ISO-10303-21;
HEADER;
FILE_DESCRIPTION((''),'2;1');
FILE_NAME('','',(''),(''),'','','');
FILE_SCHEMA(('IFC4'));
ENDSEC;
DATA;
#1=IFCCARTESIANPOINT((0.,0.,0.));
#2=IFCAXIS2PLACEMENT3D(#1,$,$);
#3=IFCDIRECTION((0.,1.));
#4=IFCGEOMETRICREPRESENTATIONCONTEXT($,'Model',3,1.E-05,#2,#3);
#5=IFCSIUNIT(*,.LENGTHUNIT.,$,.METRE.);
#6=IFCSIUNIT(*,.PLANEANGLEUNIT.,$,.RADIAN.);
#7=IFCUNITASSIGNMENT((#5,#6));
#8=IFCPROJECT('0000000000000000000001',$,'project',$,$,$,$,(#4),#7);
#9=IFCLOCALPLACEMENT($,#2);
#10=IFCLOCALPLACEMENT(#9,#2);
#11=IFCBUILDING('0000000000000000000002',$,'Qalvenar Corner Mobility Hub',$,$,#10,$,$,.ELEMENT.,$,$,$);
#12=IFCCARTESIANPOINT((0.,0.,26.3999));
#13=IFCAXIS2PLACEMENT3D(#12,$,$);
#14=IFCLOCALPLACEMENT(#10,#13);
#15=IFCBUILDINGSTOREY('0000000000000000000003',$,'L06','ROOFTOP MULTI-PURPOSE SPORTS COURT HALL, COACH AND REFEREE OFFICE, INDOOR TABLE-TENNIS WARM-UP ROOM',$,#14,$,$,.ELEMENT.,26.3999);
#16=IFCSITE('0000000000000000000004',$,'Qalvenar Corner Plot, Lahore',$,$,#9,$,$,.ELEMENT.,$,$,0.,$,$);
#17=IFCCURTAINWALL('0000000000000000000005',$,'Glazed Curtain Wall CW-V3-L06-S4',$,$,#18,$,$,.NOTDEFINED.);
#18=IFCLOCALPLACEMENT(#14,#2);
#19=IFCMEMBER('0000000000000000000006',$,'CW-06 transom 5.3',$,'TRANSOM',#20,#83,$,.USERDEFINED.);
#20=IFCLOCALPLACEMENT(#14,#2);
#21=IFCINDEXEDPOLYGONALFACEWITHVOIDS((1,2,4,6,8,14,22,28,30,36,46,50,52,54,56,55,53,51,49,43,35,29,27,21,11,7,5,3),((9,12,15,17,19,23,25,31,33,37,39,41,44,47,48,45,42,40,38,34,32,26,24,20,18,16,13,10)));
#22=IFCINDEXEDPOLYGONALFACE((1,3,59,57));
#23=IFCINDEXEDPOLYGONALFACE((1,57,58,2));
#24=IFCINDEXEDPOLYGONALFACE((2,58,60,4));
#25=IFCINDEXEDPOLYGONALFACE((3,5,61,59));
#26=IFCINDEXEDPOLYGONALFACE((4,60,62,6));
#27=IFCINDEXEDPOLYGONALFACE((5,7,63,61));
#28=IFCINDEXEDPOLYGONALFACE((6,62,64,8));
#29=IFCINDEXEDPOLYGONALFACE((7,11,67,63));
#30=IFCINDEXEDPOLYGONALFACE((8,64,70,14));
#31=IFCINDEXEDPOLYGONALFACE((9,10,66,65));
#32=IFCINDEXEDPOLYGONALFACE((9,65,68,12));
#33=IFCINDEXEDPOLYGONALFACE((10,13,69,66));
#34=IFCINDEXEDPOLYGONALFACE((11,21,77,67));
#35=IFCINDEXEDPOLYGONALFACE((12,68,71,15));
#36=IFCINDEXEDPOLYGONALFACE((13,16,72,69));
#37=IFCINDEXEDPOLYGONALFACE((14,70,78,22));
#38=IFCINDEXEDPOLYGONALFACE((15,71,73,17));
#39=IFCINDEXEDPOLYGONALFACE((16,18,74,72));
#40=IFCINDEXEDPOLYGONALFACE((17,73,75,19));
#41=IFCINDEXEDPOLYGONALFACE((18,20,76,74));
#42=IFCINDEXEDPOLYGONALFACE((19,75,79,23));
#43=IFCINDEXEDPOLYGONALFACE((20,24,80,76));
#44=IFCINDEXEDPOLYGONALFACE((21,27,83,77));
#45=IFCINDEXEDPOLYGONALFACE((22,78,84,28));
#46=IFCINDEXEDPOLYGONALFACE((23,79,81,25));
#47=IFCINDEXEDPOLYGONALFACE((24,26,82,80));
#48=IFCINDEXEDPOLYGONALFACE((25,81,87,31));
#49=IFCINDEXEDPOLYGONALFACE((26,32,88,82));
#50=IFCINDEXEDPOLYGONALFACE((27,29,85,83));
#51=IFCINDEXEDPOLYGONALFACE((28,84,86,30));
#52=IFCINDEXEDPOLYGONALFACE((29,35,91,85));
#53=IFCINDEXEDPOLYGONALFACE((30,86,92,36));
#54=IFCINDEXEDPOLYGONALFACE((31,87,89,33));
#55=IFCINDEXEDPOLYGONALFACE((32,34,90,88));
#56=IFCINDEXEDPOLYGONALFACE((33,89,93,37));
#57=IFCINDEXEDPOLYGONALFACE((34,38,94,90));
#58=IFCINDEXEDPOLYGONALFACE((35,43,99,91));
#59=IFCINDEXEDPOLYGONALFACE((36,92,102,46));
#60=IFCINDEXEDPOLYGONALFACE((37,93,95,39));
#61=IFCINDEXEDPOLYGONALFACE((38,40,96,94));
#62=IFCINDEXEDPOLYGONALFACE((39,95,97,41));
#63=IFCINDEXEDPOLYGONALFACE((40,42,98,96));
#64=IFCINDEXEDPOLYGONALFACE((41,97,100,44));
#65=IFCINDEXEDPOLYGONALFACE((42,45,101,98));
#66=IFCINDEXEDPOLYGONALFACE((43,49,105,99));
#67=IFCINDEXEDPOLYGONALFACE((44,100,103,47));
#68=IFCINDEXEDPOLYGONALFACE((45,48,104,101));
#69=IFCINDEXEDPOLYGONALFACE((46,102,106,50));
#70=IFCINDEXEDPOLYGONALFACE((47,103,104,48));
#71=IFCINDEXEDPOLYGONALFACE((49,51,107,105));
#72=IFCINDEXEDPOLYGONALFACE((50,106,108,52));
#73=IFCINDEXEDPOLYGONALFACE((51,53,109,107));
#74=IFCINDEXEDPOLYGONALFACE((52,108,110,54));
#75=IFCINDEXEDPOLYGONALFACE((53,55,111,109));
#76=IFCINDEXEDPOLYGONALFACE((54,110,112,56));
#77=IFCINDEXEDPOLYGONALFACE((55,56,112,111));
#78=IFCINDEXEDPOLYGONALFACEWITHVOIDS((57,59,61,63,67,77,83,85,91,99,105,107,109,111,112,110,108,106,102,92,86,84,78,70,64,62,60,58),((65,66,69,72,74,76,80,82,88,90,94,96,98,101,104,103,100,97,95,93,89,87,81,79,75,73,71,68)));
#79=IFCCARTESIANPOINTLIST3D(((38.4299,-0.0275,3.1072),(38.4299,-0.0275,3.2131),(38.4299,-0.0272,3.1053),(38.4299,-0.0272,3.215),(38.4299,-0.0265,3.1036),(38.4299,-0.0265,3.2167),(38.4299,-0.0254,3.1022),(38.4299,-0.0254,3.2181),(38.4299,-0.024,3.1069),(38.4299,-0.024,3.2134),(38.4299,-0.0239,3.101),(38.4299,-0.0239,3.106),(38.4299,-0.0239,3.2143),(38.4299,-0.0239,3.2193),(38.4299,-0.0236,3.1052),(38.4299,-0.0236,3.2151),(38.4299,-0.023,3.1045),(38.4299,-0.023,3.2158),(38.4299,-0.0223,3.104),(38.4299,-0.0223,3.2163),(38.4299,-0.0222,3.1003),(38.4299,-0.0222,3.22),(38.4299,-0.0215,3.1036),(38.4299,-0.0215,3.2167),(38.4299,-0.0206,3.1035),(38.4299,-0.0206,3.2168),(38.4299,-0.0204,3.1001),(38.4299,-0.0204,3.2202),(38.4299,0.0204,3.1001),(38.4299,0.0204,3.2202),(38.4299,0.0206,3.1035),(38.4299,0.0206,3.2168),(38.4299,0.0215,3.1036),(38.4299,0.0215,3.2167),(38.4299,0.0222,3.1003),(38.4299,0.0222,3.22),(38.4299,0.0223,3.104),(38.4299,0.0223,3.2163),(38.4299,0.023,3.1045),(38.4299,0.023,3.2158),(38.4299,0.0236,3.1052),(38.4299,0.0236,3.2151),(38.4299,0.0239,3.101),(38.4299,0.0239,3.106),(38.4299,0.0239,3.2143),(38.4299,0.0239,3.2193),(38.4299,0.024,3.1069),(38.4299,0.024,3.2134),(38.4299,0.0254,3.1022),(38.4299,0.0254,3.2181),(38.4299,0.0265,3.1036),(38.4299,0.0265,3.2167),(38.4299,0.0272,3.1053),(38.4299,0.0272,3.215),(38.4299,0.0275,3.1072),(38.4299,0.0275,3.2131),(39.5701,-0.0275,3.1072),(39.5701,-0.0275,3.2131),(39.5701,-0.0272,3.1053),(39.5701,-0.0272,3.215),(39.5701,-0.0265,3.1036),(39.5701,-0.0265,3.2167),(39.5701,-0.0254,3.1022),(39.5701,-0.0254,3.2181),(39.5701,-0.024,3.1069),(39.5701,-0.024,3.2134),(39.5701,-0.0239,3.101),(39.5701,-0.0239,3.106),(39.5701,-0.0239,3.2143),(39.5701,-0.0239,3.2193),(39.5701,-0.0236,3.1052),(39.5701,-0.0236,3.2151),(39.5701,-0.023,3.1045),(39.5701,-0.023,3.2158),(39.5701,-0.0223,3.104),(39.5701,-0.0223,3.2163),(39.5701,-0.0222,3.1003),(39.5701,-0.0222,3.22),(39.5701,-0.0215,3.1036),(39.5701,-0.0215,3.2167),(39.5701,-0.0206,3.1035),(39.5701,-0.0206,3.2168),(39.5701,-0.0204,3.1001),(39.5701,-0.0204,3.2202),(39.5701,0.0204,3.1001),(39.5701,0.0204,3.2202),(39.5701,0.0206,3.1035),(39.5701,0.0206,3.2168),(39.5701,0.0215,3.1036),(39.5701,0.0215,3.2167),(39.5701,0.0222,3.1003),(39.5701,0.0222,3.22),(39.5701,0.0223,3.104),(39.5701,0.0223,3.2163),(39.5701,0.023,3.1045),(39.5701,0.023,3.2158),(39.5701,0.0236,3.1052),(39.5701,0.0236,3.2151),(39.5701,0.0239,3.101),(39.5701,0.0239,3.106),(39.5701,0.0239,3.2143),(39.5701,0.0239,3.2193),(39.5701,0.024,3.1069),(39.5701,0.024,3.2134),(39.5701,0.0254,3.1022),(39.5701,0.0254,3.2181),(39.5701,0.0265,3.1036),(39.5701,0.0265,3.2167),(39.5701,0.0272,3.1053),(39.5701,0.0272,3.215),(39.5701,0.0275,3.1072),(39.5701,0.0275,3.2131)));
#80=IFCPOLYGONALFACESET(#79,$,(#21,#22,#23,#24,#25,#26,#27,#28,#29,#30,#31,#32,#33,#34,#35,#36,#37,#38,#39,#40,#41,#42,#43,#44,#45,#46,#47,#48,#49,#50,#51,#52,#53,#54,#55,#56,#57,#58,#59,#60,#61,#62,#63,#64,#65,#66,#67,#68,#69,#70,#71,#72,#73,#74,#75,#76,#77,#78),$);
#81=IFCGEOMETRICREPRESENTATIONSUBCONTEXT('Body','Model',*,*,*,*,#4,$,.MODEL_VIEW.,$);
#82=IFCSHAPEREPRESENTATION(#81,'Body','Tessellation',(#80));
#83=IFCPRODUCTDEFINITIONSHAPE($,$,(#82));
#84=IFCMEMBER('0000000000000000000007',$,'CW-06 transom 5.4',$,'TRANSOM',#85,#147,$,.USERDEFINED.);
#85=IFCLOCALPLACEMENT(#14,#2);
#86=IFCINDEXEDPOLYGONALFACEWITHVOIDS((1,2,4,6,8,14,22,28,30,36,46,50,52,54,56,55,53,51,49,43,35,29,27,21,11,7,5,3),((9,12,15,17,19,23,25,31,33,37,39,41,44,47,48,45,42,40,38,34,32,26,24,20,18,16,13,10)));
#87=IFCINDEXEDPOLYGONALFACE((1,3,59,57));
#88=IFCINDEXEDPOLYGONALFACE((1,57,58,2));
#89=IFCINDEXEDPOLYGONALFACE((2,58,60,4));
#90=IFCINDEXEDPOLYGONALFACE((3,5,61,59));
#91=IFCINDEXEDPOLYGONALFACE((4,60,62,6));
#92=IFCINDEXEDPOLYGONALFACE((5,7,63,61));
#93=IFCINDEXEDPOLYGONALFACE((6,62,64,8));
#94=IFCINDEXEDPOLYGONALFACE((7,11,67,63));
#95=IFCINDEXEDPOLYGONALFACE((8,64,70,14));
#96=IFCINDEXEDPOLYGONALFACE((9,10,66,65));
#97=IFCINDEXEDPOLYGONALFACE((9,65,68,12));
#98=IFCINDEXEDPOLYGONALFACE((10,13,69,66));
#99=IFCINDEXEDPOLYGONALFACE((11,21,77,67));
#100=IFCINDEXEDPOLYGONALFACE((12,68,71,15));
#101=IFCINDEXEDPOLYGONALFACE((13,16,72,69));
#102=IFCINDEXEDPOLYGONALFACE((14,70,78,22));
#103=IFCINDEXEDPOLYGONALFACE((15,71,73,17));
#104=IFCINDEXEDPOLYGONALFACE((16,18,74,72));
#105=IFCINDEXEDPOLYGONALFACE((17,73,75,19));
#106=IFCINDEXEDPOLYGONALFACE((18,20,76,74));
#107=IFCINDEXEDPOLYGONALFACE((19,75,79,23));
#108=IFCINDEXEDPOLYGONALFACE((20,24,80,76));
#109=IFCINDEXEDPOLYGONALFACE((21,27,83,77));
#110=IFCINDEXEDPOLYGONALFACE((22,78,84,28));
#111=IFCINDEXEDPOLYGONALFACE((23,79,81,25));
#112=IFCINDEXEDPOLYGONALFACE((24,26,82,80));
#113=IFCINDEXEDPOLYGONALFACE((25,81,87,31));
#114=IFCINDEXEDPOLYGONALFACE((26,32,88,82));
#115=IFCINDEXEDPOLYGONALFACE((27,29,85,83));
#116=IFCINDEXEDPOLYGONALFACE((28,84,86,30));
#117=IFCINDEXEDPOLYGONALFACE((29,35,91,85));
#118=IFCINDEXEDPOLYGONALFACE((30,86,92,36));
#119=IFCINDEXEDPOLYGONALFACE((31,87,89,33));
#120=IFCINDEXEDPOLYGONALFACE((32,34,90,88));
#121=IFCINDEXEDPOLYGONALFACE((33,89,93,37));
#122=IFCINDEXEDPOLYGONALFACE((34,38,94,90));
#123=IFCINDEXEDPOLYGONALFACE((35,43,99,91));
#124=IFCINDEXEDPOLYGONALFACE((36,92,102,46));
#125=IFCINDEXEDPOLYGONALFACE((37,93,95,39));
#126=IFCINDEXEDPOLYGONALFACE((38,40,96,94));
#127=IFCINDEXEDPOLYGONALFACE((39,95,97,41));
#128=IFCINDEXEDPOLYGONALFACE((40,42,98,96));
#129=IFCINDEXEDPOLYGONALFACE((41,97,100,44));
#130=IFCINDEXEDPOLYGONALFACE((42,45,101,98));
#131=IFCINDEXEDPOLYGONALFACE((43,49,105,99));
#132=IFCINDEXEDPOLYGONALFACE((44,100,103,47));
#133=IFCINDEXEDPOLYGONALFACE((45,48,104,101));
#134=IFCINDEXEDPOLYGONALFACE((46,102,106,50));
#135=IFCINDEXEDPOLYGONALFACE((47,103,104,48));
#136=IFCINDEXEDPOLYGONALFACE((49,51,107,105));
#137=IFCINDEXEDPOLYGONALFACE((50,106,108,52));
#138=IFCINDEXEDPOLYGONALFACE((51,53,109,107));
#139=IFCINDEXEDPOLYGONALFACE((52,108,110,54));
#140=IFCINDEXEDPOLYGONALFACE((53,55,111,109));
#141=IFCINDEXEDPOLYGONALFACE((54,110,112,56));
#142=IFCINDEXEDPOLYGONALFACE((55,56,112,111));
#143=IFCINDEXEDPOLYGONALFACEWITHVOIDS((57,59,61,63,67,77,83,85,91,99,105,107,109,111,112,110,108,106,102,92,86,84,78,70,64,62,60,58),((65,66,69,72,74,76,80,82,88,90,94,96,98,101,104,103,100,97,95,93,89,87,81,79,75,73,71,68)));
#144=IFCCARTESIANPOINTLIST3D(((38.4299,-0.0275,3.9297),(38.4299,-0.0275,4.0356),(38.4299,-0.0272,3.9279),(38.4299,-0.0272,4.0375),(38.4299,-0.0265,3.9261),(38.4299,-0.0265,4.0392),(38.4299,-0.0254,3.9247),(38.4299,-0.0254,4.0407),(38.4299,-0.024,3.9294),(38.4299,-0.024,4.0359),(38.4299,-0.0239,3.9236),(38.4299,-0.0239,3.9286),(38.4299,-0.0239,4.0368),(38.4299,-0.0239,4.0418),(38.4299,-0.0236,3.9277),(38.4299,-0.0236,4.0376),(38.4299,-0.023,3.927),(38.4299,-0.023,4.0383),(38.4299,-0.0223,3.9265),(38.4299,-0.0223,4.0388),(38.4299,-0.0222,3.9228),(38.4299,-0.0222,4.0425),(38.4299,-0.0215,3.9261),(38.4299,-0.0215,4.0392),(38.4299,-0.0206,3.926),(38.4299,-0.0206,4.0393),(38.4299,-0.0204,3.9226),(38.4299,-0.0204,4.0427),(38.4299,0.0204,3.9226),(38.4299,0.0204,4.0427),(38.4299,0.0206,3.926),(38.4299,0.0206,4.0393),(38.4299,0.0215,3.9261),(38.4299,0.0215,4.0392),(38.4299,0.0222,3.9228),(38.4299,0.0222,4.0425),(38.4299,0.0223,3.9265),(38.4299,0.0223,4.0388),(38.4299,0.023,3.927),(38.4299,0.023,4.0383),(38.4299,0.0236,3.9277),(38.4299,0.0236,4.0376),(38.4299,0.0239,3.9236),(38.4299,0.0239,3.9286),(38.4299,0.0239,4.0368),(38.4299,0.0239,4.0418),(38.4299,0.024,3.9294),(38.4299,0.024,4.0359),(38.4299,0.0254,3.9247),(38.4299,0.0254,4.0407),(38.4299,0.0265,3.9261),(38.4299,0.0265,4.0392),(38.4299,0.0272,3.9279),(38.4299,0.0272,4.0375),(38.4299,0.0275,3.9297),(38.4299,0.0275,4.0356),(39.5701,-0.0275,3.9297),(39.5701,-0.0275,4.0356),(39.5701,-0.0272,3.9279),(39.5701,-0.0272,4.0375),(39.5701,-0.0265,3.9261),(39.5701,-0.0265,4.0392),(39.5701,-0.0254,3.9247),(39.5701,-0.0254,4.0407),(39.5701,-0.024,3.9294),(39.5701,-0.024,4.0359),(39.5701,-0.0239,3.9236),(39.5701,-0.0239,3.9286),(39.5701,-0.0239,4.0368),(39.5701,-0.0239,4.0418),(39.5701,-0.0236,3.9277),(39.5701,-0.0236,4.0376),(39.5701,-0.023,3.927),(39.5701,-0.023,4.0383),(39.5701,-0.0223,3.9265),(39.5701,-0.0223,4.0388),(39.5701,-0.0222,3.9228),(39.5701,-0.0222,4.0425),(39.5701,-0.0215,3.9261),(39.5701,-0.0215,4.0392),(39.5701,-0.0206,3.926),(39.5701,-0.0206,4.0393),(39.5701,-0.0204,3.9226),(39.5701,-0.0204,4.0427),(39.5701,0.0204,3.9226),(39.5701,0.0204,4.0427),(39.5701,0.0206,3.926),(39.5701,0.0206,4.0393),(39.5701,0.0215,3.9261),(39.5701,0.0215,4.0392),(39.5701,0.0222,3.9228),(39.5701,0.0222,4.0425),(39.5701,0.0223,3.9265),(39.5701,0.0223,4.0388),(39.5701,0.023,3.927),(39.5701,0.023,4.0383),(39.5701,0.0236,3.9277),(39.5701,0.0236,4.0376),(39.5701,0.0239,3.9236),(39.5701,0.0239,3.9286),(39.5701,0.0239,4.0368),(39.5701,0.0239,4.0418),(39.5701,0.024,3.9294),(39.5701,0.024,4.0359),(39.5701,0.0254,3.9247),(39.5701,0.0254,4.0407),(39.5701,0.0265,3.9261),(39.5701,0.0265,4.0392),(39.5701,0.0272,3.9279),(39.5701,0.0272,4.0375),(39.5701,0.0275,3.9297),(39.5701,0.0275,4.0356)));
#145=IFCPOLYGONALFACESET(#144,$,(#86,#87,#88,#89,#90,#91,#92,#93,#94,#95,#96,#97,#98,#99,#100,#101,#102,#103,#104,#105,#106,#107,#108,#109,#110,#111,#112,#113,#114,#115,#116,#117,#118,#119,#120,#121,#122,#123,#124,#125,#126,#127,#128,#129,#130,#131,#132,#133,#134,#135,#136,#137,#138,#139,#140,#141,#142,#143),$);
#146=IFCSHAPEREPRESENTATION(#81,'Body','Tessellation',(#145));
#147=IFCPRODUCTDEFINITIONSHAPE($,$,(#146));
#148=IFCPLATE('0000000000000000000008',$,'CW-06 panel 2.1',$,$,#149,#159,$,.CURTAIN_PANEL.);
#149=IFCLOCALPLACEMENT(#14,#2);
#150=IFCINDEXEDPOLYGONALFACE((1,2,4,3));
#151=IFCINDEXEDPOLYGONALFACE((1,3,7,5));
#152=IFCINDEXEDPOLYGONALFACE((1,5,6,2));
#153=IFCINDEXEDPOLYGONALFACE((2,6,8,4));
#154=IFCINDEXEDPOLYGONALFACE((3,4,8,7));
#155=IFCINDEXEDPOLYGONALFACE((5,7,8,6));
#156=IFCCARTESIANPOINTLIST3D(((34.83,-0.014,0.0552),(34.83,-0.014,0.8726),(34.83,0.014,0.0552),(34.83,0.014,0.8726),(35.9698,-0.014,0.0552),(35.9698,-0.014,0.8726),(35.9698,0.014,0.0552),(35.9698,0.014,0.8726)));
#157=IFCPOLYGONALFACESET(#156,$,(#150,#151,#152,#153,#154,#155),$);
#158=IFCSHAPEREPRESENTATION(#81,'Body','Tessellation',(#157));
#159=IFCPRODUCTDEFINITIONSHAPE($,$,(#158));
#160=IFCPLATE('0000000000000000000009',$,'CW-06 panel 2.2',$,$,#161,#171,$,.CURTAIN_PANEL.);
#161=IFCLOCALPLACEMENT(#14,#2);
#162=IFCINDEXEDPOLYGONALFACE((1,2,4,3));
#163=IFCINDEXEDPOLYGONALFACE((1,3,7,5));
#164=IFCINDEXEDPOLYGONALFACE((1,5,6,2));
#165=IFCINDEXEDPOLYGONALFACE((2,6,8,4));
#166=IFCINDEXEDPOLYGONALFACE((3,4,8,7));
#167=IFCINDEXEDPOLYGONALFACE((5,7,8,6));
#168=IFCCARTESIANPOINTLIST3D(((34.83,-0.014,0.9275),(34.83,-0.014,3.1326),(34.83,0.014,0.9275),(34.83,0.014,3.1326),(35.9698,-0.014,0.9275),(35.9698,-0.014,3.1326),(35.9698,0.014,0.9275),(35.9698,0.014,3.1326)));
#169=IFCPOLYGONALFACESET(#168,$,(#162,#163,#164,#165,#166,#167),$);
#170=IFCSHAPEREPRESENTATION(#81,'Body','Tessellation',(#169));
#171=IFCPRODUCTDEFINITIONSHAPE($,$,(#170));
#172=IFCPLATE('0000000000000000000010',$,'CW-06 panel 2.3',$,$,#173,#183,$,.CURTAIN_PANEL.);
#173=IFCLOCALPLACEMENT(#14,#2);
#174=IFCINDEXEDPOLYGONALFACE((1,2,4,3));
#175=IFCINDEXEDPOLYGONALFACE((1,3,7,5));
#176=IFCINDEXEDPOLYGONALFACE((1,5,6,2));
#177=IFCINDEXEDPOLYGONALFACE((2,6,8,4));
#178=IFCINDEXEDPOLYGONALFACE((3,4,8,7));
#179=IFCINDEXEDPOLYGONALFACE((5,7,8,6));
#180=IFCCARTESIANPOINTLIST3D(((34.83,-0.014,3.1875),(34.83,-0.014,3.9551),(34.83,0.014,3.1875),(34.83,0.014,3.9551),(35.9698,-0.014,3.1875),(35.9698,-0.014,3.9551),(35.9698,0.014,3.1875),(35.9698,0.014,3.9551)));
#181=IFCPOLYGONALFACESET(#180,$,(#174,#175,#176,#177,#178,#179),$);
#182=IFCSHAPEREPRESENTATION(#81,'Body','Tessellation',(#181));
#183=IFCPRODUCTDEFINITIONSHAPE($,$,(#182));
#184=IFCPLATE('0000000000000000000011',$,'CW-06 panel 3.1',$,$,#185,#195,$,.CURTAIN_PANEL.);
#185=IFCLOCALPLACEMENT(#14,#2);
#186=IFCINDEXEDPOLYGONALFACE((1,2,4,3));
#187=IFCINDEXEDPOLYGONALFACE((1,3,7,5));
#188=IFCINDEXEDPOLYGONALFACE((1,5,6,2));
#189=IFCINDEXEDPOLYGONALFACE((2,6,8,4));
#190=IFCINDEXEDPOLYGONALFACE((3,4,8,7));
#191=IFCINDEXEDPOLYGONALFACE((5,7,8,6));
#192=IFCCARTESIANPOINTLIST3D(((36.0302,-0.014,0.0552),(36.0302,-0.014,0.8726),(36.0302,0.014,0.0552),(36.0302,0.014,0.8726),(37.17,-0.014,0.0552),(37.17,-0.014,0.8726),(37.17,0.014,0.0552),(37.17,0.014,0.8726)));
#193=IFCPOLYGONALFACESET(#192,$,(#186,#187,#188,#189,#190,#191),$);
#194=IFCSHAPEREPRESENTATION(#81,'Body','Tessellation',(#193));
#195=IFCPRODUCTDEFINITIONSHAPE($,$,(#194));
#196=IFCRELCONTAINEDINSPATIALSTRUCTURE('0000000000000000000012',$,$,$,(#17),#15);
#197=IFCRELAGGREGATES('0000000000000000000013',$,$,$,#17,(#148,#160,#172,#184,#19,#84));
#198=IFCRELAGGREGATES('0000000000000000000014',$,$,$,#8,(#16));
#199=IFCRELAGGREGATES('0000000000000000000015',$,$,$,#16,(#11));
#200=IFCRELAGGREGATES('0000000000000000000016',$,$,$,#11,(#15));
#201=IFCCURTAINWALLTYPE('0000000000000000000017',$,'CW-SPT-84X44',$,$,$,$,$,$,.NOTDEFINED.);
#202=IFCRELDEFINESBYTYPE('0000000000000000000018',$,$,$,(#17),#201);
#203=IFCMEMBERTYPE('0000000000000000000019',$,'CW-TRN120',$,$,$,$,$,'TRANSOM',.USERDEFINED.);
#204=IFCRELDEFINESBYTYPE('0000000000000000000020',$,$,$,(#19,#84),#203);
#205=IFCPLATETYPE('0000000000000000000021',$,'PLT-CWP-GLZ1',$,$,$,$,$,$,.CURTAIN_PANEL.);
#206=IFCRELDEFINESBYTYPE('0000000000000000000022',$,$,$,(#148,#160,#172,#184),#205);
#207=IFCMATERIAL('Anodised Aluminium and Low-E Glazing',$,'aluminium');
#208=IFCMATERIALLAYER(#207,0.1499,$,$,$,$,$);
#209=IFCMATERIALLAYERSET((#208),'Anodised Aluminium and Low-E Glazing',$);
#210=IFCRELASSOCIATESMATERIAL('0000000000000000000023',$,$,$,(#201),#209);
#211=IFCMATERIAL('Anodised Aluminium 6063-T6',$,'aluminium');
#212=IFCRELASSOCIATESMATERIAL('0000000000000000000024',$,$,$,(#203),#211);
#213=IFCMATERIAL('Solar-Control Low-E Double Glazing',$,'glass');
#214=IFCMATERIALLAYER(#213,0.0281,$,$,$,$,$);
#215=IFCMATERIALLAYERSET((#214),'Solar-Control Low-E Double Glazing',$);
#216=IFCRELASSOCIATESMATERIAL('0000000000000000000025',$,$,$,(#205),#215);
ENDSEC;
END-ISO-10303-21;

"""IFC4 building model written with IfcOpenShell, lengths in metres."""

from ifc_helpers import new_model, si_unit, direction, frame, origin, origin_2d, place, context, subcontext, project, spatial, rectangle, hollow_rectangle, extrude, material, layer, layer_set, material_profile, profile_set, type_object, element, aggregate, save


model = new_model("IFC4")

# Units and contexts
model_context = context("Model", 3, precision=1e-05, world=origin(), true_north=direction((0.0, 1.0)))
body_context = subcontext(model_context, "Body", "Model", "MODEL_VIEW")
ifc_project = project(units=[si_unit("LENGTHUNIT", "METRE"), si_unit("PLANEANGLEUNIT", "RADIAN")], contexts=[model_context])

# Site, building, storey
site_placement = place(None, origin())
site = spatial("IfcSite", under=ifc_project, at=site_placement, Name="Qalvenar Corner Plot, Lahore", CompositionType="ELEMENT", RefElevation=0.0)
building_placement = place(site_placement, origin())
building = spatial("IfcBuilding", under=site, at=building_placement, Name="Qalvenar Corner Mobility Hub", CompositionType="ELEMENT")
storey_placement = place(building_placement, frame((0.0, 0.0, 26.3999)))
storey = spatial("IfcBuildingStorey", under=building, at=storey_placement, Name="L06", Description="ROOFTOP MULTI-PURPOSE SPORTS COURT HALL, COACH AND REFEREE OFFICE, INDOOR TABLE-TENNIS WARM-UP ROOM", CompositionType="ELEMENT", Elevation=26.3999)

# Curtain wall, members, plates
ifc_material_1 = material(Name="Anodised Aluminium and Low-E Glazing", Category="aluminium")
ifc_layer_1 = layer(ifc_material_1, 0.1499)
ifc_layer_set_1 = layer_set([ifc_layer_1], Name="Anodised Aluminium and Low-E Glazing")
curtain_wall_type = type_object("IfcCurtainWallType", Name="CW-SPT-84X44", PredefinedType="NOTDEFINED", material=ifc_layer_set_1)
curtain_wall_placement = place(storey_placement, origin())
curtain_wall = element("IfcCurtainWall", 1, at=curtain_wall_placement, inside=storey, type_object=curtain_wall_type, Name="Glazed Curtain Wall CW-V3-L06-S4", PredefinedType="NOTDEFINED")
ifc_material_2 = material(Name="Anodised Aluminium 6063-T6", Category="aluminium")
ifc_material_profile_1 = material_profile(ifc_material_2, hollow_rectangle(XDim=0.0549, YDim=0.1201, WallThickness=0.0034, InnerFilletRadius=0.0034, OuterFilletRadius=0.0071, at=origin_2d()), Name="RHS120x55x3.5")
ifc_profile_set_1 = profile_set([ifc_material_profile_1], Name="Anodised Aluminium 6063-T6")
member_type_1 = type_object("IfcMemberType", Name="CW-TRN120", ElementType="TRANSOM", PredefinedType="USERDEFINED", material=ifc_profile_set_1)
member_1_placement = place(storey_placement, frame((38.4299, 0.0, 3.1602), z_axis=(1.0, 0.0, 0.0), x_axis=(0.0, 1.0, 0.0)))
member_1 = element("IfcMember", 2, at=member_1_placement, type_object=member_type_1, Name="CW-06 transom 5.3", ObjectType="TRANSOM", PredefinedType="USERDEFINED", context=body_context, shape_type="SweptSolid", body=[
    extrude(hollow_rectangle(XDim=0.0549, YDim=0.1201, WallThickness=0.0034, InnerFilletRadius=0.0034, OuterFilletRadius=0.0071, at=origin_2d()), origin(), (0.0, 0.0, 1.0), 1.1401),
])
member_2_placement = place(storey_placement, frame((38.4299, 0.0, 3.9827), z_axis=(1.0, 0.0, 0.0), x_axis=(0.0, 1.0, 0.0)))
member_2 = element("IfcMember", 3, at=member_2_placement, type_object=member_type_1, Name="CW-06 transom 5.4", ObjectType="TRANSOM", PredefinedType="USERDEFINED", context=body_context, shape_type="SweptSolid", body=[
    extrude(hollow_rectangle(XDim=0.0549, YDim=0.1201, WallThickness=0.0034, InnerFilletRadius=0.0034, OuterFilletRadius=0.0071, at=origin_2d()), origin(), (0.0, 0.0, 1.0), 1.1401),
])
ifc_material_3 = material(Name="Solar-Control Low-E Double Glazing", Category="glass")
ifc_layer_2 = layer(ifc_material_3, 0.0281)
ifc_layer_set_2 = layer_set([ifc_layer_2], Name="Solar-Control Low-E Double Glazing")
plate_type = type_object("IfcPlateType", Name="PLT-CWP-GLZ1", PredefinedType="CURTAIN_PANEL", material=ifc_layer_set_2)
plate_1_placement = place(storey_placement, frame((35.3999, 0.0, 0.0552), z_axis=(0.0, 0.0, 1.0), x_axis=(1.0, 0.0, 0.0)))
plate_1 = element("IfcPlate", 4, at=plate_1_placement, type_object=plate_type, Name="CW-06 panel 2.1", PredefinedType="CURTAIN_PANEL", context=body_context, shape_type="SweptSolid", body=[
    extrude(rectangle(XDim=1.1399, YDim=0.0281, at=origin_2d()), origin(), (0.0, 0.0, 1.0), 0.8174),
])
plate_2_placement = place(storey_placement, frame((35.3999, 0.0, 0.9275), z_axis=(0.0, 0.0, 1.0), x_axis=(1.0, 0.0, 0.0)))
plate_2 = element("IfcPlate", 5, at=plate_2_placement, type_object=plate_type, Name="CW-06 panel 2.2", PredefinedType="CURTAIN_PANEL", context=body_context, shape_type="SweptSolid", body=[
    extrude(rectangle(XDim=1.1399, YDim=0.0281, at=origin_2d()), origin(), (0.0, 0.0, 1.0), 2.2051),
])
plate_3_placement = place(storey_placement, frame((35.3999, 0.0, 3.1875), z_axis=(0.0, 0.0, 1.0), x_axis=(1.0, 0.0, 0.0)))
plate_3 = element("IfcPlate", 6, at=plate_3_placement, type_object=plate_type, Name="CW-06 panel 2.3", PredefinedType="CURTAIN_PANEL", context=body_context, shape_type="SweptSolid", body=[
    extrude(rectangle(XDim=1.1399, YDim=0.0281, at=origin_2d()), origin(), (0.0, 0.0, 1.0), 0.7676),
])
plate_4_placement = place(storey_placement, frame((36.6001, 0.0, 0.0552), z_axis=(0.0, 0.0, 1.0), x_axis=(1.0, 0.0, 0.0)))
plate_4 = element("IfcPlate", 7, at=plate_4_placement, type_object=plate_type, Name="CW-06 panel 3.1", PredefinedType="CURTAIN_PANEL", context=body_context, shape_type="SweptSolid", body=[
    extrude(rectangle(XDim=1.1399, YDim=0.0281, at=origin_2d()), origin(), (0.0, 0.0, 1.0), 0.8174),
])
aggregate(curtain_wall, [plate_1, plate_2, plate_3, plate_4, member_1, member_2])

save(model, "model.ifc")
